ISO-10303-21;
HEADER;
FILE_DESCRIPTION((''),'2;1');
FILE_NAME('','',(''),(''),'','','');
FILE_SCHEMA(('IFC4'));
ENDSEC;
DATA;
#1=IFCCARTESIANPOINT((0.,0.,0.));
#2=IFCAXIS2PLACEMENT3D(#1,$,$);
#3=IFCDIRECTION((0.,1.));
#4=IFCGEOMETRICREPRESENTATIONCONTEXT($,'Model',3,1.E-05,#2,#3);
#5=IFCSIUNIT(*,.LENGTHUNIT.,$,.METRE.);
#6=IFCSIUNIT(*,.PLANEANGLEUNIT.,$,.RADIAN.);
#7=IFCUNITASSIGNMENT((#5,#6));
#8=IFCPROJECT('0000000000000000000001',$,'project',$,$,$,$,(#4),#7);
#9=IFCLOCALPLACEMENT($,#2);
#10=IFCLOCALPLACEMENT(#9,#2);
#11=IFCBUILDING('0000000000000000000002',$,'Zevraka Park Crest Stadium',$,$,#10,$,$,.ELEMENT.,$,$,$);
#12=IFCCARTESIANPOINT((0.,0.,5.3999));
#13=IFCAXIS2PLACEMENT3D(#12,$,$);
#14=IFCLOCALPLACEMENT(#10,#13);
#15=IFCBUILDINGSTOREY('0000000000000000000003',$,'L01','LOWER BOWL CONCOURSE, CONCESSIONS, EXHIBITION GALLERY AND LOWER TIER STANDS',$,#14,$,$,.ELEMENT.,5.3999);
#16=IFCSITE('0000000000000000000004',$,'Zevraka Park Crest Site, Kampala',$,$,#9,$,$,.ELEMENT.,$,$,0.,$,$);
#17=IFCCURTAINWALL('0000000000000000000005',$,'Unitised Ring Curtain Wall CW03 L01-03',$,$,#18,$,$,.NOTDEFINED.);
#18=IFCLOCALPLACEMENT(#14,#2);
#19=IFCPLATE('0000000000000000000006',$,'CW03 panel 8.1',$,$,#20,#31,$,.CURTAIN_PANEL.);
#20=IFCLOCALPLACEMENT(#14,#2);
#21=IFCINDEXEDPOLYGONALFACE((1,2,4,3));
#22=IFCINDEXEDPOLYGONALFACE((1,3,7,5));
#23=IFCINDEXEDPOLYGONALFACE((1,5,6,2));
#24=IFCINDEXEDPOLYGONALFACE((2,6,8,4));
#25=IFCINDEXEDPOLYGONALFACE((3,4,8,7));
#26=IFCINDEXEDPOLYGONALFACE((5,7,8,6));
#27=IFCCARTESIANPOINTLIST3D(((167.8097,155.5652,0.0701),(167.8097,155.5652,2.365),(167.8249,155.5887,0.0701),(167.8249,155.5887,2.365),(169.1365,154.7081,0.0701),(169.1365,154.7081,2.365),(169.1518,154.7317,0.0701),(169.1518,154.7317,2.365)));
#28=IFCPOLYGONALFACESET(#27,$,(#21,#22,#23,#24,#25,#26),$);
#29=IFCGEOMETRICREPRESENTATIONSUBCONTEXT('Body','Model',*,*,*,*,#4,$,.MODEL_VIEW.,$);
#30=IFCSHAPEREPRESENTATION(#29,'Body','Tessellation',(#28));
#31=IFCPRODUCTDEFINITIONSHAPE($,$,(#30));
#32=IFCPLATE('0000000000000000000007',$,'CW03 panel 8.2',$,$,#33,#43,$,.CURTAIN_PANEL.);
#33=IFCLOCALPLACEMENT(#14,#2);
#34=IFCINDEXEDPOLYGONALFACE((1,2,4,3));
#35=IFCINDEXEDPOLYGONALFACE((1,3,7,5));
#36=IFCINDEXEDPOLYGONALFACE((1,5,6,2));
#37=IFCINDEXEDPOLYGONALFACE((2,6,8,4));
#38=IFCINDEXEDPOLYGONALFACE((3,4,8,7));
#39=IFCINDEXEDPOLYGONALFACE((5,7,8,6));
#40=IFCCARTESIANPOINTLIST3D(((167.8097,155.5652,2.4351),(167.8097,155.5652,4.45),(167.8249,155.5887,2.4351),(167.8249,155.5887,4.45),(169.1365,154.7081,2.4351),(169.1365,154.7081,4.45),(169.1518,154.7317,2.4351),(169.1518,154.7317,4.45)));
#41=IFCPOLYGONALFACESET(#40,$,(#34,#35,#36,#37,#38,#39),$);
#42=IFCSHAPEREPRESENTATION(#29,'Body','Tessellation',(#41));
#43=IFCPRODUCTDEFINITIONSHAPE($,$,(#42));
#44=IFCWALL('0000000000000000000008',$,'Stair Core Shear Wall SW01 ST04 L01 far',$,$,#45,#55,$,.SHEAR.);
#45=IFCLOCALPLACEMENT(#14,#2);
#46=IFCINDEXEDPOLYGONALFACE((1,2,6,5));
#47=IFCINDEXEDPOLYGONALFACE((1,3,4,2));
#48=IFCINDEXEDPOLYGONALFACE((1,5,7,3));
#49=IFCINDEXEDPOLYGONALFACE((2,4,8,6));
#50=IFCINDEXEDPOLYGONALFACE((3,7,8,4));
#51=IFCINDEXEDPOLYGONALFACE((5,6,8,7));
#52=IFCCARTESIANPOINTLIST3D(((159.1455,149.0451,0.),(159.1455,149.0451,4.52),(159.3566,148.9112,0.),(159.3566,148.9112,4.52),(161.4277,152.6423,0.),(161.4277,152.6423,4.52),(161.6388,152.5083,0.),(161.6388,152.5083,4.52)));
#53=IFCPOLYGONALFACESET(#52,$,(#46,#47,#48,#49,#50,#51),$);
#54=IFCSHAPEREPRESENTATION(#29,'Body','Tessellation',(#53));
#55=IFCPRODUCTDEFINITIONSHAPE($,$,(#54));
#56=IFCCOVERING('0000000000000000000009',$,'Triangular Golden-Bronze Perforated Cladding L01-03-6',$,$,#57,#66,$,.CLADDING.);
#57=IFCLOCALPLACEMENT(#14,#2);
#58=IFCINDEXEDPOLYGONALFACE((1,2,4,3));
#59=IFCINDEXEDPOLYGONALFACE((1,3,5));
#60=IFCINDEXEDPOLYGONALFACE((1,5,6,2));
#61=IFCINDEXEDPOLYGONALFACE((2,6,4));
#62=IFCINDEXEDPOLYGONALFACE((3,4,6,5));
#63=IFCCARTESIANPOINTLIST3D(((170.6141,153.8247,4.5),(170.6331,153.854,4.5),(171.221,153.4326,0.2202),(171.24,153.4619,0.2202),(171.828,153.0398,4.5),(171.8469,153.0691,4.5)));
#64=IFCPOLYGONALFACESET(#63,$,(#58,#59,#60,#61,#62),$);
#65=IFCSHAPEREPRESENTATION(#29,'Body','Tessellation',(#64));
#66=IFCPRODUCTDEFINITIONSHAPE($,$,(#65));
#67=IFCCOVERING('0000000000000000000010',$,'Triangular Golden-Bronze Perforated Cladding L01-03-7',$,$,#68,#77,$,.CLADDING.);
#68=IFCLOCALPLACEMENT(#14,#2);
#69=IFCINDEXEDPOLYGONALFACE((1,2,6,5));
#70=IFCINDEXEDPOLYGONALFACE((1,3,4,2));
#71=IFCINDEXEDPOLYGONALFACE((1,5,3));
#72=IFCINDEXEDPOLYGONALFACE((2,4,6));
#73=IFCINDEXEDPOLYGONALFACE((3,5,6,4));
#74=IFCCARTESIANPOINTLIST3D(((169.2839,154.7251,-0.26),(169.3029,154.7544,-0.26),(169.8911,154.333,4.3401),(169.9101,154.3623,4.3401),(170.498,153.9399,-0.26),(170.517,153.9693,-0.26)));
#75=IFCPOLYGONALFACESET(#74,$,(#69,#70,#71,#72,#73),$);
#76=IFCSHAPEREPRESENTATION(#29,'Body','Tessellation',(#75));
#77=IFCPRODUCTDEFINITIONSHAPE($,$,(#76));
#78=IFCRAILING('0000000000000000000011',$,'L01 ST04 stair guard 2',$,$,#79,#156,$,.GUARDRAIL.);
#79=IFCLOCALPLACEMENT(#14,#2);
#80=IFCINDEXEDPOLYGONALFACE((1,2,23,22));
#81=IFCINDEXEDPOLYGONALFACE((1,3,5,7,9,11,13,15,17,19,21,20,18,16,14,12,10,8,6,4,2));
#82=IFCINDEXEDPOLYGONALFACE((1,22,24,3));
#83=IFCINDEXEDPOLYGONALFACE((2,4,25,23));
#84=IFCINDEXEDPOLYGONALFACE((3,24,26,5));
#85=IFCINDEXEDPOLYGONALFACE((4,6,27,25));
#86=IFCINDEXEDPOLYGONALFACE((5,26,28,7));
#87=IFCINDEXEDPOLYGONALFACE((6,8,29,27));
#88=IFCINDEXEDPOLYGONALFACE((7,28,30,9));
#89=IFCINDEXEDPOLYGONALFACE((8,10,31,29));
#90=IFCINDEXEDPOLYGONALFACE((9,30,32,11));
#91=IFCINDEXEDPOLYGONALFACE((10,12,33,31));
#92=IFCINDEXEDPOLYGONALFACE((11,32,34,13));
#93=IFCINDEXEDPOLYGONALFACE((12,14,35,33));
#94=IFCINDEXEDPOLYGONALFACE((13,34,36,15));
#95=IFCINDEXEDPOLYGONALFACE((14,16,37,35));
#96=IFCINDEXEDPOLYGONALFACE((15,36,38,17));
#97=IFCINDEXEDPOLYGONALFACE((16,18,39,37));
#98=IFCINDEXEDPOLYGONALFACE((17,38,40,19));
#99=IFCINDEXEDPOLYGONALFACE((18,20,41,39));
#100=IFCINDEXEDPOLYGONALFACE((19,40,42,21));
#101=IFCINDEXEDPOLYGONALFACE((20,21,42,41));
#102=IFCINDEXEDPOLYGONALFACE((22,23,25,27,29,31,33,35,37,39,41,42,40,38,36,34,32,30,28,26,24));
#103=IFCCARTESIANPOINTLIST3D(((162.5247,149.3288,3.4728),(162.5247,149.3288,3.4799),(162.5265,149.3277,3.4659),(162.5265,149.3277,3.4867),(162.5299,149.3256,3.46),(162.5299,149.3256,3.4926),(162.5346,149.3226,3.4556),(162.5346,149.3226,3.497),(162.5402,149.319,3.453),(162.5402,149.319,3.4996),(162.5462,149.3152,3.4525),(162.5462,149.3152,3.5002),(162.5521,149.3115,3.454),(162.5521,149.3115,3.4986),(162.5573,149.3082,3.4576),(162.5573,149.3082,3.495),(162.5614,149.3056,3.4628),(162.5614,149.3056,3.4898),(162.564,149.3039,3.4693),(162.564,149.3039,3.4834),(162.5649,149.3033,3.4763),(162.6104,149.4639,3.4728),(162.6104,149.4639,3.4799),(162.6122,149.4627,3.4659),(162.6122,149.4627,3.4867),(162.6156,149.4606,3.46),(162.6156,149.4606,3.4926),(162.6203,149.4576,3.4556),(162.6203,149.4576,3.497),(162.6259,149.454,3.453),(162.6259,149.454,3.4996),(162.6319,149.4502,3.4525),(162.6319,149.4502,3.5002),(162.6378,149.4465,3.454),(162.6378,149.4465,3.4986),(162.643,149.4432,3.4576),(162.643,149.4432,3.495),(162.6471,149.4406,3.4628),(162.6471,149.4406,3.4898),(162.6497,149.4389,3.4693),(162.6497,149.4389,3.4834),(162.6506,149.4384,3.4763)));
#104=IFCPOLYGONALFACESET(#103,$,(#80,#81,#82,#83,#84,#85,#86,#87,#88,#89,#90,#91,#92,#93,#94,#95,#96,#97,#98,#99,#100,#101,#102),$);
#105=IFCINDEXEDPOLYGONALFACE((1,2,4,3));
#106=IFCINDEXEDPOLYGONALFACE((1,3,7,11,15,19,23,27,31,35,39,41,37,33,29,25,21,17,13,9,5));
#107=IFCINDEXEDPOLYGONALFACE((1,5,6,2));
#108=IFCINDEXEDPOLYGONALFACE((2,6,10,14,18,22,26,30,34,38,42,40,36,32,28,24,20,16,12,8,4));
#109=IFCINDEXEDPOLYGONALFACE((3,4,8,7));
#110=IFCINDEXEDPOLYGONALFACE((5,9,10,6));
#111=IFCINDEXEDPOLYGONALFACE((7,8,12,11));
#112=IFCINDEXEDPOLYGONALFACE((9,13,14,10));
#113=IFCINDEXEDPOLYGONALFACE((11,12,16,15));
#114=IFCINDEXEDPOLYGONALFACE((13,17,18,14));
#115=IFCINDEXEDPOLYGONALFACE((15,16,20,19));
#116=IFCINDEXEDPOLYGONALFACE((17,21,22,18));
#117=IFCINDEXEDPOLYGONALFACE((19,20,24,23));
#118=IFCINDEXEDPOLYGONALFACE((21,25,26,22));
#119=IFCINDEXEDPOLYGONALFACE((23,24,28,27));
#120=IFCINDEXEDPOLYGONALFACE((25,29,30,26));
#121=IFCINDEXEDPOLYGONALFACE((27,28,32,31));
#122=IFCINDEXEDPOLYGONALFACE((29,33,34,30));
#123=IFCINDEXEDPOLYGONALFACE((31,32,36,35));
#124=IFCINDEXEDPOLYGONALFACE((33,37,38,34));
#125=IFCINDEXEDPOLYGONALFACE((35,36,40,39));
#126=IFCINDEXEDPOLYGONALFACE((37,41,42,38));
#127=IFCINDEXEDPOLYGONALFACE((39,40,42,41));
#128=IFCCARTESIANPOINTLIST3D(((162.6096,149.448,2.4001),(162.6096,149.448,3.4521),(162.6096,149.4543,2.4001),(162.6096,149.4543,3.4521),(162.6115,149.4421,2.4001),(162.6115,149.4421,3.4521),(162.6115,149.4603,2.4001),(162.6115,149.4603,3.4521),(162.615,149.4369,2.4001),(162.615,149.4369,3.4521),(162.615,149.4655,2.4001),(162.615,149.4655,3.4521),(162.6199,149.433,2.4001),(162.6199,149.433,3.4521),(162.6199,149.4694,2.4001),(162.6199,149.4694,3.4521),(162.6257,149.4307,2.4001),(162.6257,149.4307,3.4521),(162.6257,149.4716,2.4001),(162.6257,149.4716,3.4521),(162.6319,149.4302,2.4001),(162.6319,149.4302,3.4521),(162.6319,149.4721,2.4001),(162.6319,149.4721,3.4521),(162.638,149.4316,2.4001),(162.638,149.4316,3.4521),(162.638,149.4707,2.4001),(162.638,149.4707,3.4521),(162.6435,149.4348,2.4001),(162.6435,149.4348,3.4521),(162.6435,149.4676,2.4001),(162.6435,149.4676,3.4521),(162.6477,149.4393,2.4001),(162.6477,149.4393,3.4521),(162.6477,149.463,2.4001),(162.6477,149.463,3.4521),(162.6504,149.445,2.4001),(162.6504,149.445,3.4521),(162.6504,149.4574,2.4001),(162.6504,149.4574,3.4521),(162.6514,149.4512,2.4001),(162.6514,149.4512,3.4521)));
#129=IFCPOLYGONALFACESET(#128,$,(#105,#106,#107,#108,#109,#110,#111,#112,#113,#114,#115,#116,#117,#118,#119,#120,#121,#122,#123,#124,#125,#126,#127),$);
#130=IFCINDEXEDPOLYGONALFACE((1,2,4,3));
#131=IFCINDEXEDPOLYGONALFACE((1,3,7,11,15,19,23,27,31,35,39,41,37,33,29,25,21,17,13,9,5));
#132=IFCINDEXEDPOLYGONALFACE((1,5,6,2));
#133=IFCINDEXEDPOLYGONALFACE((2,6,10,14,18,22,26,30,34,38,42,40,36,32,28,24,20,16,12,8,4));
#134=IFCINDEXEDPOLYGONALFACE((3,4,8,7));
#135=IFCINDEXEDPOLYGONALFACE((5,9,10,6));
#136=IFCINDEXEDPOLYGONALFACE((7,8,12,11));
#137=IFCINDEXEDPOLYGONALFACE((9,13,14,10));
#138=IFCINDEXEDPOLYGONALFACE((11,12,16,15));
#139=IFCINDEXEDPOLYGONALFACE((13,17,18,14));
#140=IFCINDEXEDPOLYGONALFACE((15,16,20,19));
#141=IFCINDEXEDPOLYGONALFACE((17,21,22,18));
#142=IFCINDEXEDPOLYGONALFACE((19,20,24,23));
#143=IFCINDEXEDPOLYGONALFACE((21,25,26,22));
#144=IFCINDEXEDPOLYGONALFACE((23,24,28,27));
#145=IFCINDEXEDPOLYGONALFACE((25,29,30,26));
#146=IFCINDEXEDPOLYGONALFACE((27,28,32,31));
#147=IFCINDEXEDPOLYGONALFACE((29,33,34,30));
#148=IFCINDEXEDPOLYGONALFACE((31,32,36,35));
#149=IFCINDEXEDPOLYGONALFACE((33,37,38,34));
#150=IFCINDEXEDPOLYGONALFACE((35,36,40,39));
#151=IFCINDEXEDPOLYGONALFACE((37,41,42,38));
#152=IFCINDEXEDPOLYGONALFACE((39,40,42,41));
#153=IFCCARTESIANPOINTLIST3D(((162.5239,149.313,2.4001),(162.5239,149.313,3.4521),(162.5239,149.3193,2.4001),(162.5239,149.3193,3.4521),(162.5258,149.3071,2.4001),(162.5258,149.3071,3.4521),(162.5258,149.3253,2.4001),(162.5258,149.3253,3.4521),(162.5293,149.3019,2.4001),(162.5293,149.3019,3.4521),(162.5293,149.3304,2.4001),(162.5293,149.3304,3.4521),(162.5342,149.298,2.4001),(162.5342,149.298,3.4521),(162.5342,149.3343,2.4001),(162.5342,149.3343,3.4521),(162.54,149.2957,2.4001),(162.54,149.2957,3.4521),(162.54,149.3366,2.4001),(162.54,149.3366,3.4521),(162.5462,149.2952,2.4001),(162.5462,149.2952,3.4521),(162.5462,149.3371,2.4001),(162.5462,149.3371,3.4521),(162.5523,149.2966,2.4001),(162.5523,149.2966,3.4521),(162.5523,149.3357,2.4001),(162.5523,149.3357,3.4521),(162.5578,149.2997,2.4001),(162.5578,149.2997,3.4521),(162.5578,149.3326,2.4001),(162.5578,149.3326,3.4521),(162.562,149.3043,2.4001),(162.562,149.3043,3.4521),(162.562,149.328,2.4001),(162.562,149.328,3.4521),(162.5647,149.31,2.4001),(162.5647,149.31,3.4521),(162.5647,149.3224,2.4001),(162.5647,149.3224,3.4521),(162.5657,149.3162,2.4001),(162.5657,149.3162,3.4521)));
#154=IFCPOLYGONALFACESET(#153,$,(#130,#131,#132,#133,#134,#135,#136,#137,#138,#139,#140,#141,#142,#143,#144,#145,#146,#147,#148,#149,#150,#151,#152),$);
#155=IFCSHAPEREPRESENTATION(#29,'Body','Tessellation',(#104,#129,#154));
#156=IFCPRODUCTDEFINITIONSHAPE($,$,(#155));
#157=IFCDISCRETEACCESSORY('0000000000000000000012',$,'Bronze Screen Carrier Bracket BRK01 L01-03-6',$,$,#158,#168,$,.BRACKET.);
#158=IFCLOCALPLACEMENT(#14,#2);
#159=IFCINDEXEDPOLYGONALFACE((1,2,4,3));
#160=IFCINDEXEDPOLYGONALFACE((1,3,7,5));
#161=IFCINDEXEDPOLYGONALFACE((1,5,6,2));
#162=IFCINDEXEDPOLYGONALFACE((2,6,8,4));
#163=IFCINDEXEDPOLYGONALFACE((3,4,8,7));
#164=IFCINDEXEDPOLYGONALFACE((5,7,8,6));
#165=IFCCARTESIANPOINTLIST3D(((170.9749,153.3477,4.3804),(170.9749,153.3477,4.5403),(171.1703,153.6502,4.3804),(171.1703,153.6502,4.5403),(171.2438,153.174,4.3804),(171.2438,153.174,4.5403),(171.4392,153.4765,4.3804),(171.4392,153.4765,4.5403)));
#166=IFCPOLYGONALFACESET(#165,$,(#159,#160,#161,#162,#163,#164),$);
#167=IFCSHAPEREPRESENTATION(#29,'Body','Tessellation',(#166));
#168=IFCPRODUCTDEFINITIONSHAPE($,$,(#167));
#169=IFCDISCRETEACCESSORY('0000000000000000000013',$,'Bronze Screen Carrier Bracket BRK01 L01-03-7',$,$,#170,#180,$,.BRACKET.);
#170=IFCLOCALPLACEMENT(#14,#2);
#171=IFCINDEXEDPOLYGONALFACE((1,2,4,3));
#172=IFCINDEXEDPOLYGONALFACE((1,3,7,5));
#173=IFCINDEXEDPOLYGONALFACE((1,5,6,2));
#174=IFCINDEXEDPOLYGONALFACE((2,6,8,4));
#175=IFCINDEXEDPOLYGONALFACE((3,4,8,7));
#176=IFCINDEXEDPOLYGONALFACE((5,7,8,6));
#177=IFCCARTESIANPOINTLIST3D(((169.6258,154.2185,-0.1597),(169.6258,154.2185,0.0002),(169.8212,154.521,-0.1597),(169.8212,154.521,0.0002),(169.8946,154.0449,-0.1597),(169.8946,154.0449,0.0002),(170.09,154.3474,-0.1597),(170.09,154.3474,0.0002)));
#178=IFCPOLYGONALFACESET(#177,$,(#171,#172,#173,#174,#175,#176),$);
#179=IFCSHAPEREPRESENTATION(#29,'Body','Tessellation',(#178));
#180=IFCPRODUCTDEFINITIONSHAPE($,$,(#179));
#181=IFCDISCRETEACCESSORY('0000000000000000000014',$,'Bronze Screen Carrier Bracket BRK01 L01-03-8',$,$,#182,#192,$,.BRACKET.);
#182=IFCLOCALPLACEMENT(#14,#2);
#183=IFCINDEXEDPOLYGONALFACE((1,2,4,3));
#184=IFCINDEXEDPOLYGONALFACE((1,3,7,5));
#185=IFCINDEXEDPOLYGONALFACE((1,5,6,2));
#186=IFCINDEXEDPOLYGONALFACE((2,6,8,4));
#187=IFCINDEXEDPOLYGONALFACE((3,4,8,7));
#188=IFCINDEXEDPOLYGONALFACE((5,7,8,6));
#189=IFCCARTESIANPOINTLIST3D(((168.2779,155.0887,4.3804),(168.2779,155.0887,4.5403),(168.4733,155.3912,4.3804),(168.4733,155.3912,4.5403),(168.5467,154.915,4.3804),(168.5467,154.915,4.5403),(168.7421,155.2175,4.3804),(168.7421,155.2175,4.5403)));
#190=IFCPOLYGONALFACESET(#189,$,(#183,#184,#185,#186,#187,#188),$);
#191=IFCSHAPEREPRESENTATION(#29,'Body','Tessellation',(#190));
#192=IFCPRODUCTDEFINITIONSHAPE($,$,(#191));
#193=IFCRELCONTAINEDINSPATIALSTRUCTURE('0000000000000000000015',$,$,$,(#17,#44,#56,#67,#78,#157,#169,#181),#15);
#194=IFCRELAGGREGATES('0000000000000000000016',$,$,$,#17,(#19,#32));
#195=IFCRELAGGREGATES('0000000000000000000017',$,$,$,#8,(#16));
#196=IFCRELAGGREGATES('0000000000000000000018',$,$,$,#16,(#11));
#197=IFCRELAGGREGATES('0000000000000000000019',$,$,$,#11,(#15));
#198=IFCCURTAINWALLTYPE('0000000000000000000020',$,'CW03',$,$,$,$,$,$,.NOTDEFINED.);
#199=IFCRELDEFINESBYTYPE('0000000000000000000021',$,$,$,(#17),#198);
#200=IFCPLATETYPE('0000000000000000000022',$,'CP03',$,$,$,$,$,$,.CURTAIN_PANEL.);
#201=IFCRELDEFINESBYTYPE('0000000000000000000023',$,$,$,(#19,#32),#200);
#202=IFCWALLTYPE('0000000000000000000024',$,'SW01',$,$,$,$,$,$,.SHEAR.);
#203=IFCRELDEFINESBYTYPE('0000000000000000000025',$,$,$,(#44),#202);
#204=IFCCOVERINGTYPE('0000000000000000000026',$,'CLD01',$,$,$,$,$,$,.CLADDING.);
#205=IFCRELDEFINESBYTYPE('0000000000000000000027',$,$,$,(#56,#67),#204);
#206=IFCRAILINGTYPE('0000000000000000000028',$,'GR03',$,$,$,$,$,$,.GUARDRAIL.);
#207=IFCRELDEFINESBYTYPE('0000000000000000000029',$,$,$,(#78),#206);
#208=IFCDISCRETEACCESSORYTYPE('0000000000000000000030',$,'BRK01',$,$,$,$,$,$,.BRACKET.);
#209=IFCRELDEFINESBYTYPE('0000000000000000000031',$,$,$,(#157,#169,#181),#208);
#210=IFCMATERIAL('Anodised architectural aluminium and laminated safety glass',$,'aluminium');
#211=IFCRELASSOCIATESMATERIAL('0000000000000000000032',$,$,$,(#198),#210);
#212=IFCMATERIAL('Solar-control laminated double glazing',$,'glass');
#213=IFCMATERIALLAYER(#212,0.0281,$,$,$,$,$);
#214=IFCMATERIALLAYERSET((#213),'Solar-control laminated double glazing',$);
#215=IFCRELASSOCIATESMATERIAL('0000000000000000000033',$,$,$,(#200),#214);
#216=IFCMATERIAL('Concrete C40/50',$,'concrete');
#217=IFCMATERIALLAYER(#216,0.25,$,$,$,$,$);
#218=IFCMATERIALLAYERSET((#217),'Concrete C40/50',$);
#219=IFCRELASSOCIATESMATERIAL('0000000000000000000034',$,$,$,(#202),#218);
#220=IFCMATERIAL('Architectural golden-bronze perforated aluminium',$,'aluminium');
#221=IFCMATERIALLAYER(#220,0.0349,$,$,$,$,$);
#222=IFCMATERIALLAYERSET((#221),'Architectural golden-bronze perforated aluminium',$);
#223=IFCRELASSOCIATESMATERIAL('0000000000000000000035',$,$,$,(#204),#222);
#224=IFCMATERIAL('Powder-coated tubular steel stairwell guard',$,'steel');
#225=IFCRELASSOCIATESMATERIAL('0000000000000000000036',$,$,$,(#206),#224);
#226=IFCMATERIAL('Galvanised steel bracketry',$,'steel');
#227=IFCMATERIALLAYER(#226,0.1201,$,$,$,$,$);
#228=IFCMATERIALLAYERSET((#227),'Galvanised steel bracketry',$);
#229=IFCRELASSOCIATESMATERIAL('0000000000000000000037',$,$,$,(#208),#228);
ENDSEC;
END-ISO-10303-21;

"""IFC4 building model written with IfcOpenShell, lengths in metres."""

from ifc_helpers import new_model, si_unit, direction, frame, frame_2d, origin, origin_2d, place, context, subcontext, project, spatial, polyline, rectangle, circle, outline, extrude, material, layer, layer_set, type_object, element, aggregate, save


model = new_model("IFC4")

# Units and contexts
model_context = context("Model", 3, precision=1e-05, world=origin(), true_north=direction((0.0, 1.0)))
body_context = subcontext(model_context, "Body", "Model", "MODEL_VIEW")
ifc_project = project(units=[si_unit("LENGTHUNIT", "METRE"), si_unit("PLANEANGLEUNIT", "RADIAN")], contexts=[model_context])

# Site, building, storey
site_placement = place(None, origin())
site = spatial("IfcSite", under=ifc_project, at=site_placement, Name="Zevraka Park Crest Site, Kampala", CompositionType="ELEMENT", RefElevation=0.0)
building_placement = place(site_placement, origin())
building = spatial("IfcBuilding", under=site, at=building_placement, Name="Zevraka Park Crest Stadium", CompositionType="ELEMENT")
storey_placement = place(building_placement, frame((0.0, 0.0, 5.3999)))
storey = spatial("IfcBuildingStorey", under=building, at=storey_placement, Name="L01", Description="LOWER BOWL CONCOURSE, CONCESSIONS, EXHIBITION GALLERY AND LOWER TIER STANDS", CompositionType="ELEMENT", Elevation=5.3999)

# Curtain wall
ifc_material_1 = material(Name="Anodised architectural aluminium and laminated safety glass", Category="aluminium")
curtain_wall_type = type_object("IfcCurtainWallType", Name="CW03", PredefinedType="NOTDEFINED", material=ifc_material_1)
curtain_wall_placement = place(storey_placement, origin())
curtain_wall = element("IfcCurtainWall", 1, at=curtain_wall_placement, inside=storey, type_object=curtain_wall_type, Name="Unitised Ring Curtain Wall CW03 L01-03", PredefinedType="NOTDEFINED")

# Plates
ifc_material_2 = material(Name="Solar-control laminated double glazing", Category="glass")
ifc_layer_1 = layer(ifc_material_2, 0.0281)
ifc_layer_set_1 = layer_set([ifc_layer_1], Name="Solar-control laminated double glazing")
plate_type = type_object("IfcPlateType", Name="CP03", PredefinedType="CURTAIN_PANEL", material=ifc_layer_set_1)
plate_1_placement = place(storey_placement, frame((168.4807, 155.1484, 0.0701), z_axis=(0.0, 0.0, 1.0), x_axis=(-0.84001, 0.542571, 0.0)))
plate_1 = element("IfcPlate", 2, at=plate_1_placement, type_object=plate_type, Name="CW03 panel 8.1", PredefinedType="CURTAIN_PANEL", context=body_context, shape_type="SweptSolid", body=[
    extrude(rectangle(XDim=1.5796, YDim=0.0281, at=origin_2d()), origin(), (0.0, 0.0, 1.0), 2.2949),
])
plate_2_placement = place(storey_placement, frame((168.4807, 155.1484, 2.4351), z_axis=(0.0, 0.0, 1.0), x_axis=(-0.84001, 0.542571, 0.0)))
plate_2 = element("IfcPlate", 3, at=plate_2_placement, type_object=plate_type, Name="CW03 panel 8.2", PredefinedType="CURTAIN_PANEL", context=body_context, shape_type="SweptSolid", body=[
    extrude(rectangle(XDim=1.5796, YDim=0.0281, at=origin_2d()), origin(), (0.0, 0.0, 1.0), 2.0149),
])
aggregate(curtain_wall, [plate_1, plate_2])

# Wall
ifc_material_3 = material(Name="Concrete C40/50", Category="concrete")
ifc_layer_2 = layer(ifc_material_3, 0.25)
ifc_layer_set_2 = layer_set([ifc_layer_2], Name="Concrete C40/50")
wall_type = type_object("IfcWallType", Name="SW01", PredefinedType="SHEAR", material=ifc_layer_set_2)
wall_placement = place(storey_placement, frame((161.5332, 152.5752, 0.0), z_axis=(0.0, 0.0, 1.0), x_axis=(-0.535725, -0.844392, 0.0)))
element("IfcWall", 4, at=wall_placement, inside=storey, type_object=wall_type, Name="Stair Core Shear Wall SW01 ST04 L01 far", PredefinedType="SHEAR", context=body_context, shape_type="SweptSolid", body=[
    extrude(rectangle(XDim=4.26, YDim=0.25, at=frame_2d((2.1299, 0.0))), origin(), (0.0, 0.0, 1.0), 4.52),
])

# Coverings
ifc_material_4 = material(Name="Architectural golden-bronze perforated aluminium", Category="aluminium")
ifc_layer_3 = layer(ifc_material_4, 0.0349)
ifc_layer_set_3 = layer_set([ifc_layer_3], Name="Architectural golden-bronze perforated aluminium")
covering_type = type_object("IfcCoveringType", Name="CLD01", PredefinedType="CLADDING", material=ifc_layer_set_3)
covering_1_placement = place(storey_placement, frame((170.6331, 153.854, 4.5), z_axis=(0.542992, 0.839738, 0.000072), x_axis=(0.839738, -0.542992, 0.0)))
element("IfcCovering", 5, at=covering_1_placement, inside=storey, type_object=covering_type, Name="Triangular Golden-Bronze Perforated Cladding L01-03-6", PredefinedType="CLADDING", context=body_context, shape_type="SweptSolid", body=[
    extrude(outline(polyline([(0.0, 0.0), (1.4455, 0.0), (0.7226, 4.2798), (0.0, 0.0)])), origin(), (0.0, 0.0, -1.0), 0.0349),
])
covering_2_placement = place(storey_placement, frame((170.498, 153.9399, -0.26), z_axis=(-0.543034, -0.839711, 0.000104), x_axis=(-0.839711, 0.543034, 0.0)))
element("IfcCovering", 6, at=covering_2_placement, inside=storey, type_object=covering_type, Name="Triangular Golden-Bronze Perforated Cladding L01-03-7", PredefinedType="CLADDING", context=body_context, shape_type="SweptSolid", body=[
    extrude(outline(polyline([(0.0, 0.0), (1.4459, 0.0), (0.7231, -4.6001), (0.0, 0.0)])), origin(), (0.0, 0.0, -1.0), 0.0349),
])

# Railing
ifc_material_5 = material(Name="Powder-coated tubular steel stairwell guard", Category="steel")
railing_type = type_object("IfcRailingType", Name="GR03", PredefinedType="GUARDRAIL", material=ifc_material_5)
railing_placement = place(storey_placement, frame((162.6304, 149.4512, 2.4001)))
element("IfcRailing", 7, at=railing_placement, inside=storey, type_object=railing_type, Name="L01 ST04 stair guard 2", PredefinedType="GUARDRAIL", context=body_context, shape_type="SweptSolid", body=[
    extrude(circle(Radius=0.0239, at=origin_2d()), frame((0.0, 0.0, 1.0762), z_axis=(-0.535887, -0.84429, 0.0), x_axis=(0.84429, -0.535887, 0.0)), (0.0, 0.0, 1.0), 0.1599),
    extrude(circle(Radius=0.021, at=origin_2d()), origin(), (0.0, 0.0, 1.0), 1.052),
    extrude(circle(Radius=0.021, at=origin_2d()), frame((-0.0857, -0.135, 0.0)), (0.0, 0.0, 1.0), 1.052),
])

# Discrete accessories
ifc_material_6 = material(Name="Galvanised steel bracketry", Category="steel")
ifc_layer_4 = layer(ifc_material_6, 0.1201)
ifc_layer_set_4 = layer_set([ifc_layer_4], Name="Galvanised steel bracketry")
discrete_accessory_type = type_object("IfcDiscreteAccessoryType", Name="BRK01", PredefinedType="BRACKET", material=ifc_layer_set_4)
for number, where, z_axis, x_axis, name in (
    (8, (171.207, 153.4121, 4.3804), (0.0, 0.0, 1.0), (-0.839999, 0.542588, 0.0), "Bronze Screen Carrier Bracket BRK01 L01-03-6"),
    (9, (169.8579, 154.283, -0.1597), (0.0, 0.0, 1.0), (-0.839999, 0.542588, 0.0), "Bronze Screen Carrier Bracket BRK01 L01-03-7"),
    (10, (168.51, 155.1531, 4.3804), (0.0, 0.0, 1.0), (-0.839999, 0.542588, 0.0), "Bronze Screen Carrier Bracket BRK01 L01-03-8"),
):
    element("IfcDiscreteAccessory", number, at=place(storey_placement, frame(where, z_axis=z_axis, x_axis=x_axis)), inside=storey, type_object=discrete_accessory_type, Name=name, PredefinedType="BRACKET", context=body_context, shape_type="SweptSolid", body=[
        extrude(rectangle(XDim=0.3201, YDim=0.3601, at=origin_2d()), origin(), (0.0, 0.0, 1.0), 0.1599),
    ])

save(model, "model.ifc")
